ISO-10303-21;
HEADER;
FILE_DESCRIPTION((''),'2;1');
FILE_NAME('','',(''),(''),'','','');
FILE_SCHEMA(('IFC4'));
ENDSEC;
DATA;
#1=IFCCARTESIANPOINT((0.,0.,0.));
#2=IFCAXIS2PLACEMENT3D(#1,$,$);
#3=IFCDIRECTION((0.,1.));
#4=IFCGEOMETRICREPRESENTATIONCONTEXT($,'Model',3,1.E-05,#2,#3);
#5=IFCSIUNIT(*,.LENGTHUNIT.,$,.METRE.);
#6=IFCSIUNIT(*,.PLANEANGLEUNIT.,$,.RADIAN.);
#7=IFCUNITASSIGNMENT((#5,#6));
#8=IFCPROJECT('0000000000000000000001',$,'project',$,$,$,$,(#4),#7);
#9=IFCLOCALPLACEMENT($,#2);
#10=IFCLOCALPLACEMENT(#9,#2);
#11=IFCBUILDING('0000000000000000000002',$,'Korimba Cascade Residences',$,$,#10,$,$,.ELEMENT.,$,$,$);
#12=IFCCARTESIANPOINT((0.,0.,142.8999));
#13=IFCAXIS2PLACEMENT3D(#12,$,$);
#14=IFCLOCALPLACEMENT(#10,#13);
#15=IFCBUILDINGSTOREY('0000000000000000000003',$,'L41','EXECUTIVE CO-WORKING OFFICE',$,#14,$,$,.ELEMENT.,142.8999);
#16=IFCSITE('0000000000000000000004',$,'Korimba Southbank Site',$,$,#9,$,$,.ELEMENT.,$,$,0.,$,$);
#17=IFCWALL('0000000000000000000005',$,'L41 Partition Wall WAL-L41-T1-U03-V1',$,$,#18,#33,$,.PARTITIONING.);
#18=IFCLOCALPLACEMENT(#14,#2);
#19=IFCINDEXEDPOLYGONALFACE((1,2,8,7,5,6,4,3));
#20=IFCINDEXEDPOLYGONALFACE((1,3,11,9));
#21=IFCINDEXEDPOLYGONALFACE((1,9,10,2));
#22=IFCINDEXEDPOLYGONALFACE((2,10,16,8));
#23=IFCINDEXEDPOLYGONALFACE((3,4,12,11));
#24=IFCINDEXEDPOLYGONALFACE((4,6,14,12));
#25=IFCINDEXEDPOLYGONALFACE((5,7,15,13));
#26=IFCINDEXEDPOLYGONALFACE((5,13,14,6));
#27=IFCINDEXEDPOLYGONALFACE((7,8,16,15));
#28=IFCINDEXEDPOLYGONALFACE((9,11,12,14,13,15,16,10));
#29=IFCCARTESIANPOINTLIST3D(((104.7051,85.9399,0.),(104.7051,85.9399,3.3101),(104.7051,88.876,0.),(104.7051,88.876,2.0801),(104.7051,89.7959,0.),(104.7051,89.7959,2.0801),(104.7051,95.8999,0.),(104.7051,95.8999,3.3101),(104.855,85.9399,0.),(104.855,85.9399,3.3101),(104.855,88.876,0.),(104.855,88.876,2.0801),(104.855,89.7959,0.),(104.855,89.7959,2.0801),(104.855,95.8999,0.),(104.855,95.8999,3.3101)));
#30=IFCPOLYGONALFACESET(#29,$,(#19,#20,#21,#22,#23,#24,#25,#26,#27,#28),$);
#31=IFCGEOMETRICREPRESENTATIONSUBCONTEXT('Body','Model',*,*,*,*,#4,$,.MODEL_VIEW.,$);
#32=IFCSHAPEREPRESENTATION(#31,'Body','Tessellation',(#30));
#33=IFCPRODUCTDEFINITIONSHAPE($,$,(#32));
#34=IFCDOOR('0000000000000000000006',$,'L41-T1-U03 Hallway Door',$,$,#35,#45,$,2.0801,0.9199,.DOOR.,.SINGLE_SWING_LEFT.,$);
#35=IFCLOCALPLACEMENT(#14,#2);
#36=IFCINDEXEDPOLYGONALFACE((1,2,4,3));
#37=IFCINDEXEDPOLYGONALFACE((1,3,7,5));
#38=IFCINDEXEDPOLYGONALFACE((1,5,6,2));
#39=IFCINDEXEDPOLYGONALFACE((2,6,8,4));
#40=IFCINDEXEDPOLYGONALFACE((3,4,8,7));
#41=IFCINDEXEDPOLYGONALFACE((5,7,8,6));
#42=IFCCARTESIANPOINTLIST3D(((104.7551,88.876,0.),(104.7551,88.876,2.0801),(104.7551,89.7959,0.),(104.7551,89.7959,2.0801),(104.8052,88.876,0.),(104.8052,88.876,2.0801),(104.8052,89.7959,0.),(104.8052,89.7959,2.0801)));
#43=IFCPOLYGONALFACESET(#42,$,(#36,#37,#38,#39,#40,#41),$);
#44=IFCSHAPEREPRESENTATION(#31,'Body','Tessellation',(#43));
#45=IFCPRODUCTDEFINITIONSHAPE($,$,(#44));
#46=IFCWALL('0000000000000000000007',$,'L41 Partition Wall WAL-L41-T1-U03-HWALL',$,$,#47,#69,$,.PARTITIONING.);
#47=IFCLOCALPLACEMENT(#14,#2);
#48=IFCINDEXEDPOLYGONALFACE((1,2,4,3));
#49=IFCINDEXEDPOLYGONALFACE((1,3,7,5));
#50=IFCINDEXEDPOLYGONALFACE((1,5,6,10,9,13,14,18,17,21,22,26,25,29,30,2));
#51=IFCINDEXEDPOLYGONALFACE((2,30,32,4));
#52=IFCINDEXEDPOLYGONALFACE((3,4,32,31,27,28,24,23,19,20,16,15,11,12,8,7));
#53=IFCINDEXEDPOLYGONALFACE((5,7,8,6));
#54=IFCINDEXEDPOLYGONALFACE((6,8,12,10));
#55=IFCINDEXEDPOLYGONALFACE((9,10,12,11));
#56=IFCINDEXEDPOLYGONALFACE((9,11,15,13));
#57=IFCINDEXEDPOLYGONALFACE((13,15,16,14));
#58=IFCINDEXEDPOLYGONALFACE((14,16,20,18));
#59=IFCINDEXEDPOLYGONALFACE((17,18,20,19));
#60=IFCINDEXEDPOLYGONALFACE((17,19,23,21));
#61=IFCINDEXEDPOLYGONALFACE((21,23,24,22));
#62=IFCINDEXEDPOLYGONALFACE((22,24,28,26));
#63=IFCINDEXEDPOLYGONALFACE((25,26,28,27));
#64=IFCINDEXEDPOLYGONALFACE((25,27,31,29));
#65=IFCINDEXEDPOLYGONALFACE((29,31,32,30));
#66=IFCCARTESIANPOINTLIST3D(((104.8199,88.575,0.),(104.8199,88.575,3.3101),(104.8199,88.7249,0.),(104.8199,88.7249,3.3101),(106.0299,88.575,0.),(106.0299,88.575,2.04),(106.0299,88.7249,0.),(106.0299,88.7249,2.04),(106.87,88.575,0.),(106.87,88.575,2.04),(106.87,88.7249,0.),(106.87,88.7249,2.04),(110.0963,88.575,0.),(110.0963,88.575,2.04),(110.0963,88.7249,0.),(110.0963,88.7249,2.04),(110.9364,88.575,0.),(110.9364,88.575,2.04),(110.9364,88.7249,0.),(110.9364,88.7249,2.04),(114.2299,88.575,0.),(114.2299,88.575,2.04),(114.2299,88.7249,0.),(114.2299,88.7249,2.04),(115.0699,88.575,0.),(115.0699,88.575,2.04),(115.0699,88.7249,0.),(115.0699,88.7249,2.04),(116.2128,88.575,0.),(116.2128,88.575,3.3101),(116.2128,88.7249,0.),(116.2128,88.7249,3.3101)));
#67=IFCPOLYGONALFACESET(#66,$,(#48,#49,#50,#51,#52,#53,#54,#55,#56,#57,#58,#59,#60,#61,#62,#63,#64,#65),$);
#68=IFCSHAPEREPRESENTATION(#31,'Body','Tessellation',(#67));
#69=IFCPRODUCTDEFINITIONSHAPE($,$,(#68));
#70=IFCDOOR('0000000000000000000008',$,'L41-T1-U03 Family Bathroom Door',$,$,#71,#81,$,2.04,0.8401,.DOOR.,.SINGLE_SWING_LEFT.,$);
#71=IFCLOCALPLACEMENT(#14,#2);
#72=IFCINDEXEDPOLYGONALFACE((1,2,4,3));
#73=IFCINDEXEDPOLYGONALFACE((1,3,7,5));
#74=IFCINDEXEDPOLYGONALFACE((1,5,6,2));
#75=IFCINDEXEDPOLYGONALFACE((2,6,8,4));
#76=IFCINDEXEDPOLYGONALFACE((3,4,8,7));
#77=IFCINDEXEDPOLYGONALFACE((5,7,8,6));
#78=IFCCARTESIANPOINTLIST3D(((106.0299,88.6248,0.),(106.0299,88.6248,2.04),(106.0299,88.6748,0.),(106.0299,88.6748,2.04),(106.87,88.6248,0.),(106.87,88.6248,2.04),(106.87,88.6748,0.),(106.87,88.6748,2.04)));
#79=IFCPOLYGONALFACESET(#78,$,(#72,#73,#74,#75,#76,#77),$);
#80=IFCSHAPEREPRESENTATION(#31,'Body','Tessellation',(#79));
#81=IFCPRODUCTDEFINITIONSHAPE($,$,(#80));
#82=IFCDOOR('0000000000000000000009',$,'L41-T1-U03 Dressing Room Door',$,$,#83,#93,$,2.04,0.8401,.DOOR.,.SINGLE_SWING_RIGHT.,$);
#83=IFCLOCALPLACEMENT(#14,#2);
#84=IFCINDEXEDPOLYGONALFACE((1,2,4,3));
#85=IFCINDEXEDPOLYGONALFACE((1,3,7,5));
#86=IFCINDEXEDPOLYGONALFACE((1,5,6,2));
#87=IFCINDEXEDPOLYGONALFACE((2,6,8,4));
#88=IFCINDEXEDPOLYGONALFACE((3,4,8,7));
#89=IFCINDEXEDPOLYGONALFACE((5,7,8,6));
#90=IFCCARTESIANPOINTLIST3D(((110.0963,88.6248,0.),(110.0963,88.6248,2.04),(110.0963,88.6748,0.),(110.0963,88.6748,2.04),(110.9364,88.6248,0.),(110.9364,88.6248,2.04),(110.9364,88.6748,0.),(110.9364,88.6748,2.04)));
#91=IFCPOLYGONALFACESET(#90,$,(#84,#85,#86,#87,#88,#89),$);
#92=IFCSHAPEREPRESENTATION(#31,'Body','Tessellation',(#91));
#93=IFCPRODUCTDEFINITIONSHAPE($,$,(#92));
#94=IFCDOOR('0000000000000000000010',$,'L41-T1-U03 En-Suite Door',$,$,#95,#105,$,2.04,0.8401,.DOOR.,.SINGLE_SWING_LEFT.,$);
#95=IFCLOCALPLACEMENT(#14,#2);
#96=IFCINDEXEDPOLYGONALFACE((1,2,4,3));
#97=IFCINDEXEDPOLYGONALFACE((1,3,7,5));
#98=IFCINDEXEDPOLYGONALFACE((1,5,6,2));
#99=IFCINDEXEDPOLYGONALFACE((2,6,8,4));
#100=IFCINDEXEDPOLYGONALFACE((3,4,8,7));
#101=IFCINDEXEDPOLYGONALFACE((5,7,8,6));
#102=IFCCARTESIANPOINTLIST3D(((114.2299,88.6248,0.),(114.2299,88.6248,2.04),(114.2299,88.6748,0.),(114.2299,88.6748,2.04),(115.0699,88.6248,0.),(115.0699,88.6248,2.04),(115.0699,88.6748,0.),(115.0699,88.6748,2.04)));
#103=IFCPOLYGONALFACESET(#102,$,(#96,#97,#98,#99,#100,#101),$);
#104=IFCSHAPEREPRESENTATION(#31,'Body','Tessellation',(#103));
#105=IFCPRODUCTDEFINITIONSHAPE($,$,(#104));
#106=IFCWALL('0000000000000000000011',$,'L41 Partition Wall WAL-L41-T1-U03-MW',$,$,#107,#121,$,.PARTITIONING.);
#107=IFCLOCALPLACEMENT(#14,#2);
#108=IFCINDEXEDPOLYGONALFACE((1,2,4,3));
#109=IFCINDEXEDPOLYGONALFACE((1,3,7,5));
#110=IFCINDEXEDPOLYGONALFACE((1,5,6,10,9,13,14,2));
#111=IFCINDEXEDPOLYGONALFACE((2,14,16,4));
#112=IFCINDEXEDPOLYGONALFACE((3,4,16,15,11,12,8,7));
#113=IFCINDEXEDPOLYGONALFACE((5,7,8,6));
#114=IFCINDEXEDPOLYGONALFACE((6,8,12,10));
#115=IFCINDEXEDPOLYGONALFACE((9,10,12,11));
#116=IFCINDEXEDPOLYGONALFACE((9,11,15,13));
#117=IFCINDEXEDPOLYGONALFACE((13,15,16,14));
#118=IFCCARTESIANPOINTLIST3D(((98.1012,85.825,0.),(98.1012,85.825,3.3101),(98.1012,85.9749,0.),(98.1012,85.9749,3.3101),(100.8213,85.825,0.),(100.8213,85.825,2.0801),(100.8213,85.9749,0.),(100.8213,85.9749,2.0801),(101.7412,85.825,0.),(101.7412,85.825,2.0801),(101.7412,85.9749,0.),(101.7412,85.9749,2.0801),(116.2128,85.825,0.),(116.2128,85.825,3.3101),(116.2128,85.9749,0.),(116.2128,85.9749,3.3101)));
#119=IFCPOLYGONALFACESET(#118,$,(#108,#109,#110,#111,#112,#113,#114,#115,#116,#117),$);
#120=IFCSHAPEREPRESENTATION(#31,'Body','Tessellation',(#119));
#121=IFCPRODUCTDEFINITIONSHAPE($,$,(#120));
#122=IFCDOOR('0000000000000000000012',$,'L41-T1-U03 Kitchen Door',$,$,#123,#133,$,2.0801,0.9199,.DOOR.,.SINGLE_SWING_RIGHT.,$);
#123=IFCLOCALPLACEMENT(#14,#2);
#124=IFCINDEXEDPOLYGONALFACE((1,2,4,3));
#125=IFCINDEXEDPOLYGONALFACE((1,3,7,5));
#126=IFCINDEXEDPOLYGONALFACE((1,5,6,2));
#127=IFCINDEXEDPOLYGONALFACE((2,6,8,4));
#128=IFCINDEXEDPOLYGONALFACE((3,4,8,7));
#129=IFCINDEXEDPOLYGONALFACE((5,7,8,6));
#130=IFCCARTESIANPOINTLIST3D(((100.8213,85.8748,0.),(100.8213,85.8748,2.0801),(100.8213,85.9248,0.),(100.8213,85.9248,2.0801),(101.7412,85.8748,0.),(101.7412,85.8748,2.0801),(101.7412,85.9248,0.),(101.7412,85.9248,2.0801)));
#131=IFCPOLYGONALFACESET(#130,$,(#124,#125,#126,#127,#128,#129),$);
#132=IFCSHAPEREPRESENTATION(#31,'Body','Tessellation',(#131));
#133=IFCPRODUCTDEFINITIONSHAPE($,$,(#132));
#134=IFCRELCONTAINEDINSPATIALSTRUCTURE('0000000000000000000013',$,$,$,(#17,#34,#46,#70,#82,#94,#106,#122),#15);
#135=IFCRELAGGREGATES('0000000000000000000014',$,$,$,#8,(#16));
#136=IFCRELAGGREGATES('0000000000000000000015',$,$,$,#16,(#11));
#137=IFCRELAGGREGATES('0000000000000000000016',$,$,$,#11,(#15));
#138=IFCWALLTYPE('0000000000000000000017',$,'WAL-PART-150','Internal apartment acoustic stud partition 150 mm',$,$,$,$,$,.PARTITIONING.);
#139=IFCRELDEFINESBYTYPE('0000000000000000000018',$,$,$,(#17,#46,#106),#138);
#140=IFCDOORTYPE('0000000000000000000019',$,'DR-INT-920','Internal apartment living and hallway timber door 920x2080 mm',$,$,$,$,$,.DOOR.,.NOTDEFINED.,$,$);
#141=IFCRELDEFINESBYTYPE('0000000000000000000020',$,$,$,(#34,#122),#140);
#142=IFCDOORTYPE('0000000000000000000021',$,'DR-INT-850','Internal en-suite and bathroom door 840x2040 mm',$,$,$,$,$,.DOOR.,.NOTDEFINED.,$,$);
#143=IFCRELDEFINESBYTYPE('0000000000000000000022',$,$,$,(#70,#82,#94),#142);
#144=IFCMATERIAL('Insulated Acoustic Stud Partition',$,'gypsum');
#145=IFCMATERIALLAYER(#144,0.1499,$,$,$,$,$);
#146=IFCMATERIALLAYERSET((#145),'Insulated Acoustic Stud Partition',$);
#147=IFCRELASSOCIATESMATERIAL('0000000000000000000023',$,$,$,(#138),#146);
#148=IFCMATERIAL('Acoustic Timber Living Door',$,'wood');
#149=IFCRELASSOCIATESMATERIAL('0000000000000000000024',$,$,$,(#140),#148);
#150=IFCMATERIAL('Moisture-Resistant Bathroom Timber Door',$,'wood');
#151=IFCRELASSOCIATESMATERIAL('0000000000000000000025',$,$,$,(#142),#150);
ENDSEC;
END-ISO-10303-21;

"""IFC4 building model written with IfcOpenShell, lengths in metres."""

from ifc_helpers import new_model, si_unit, direction, frame, frame_2d, origin, place, context, subcontext, project, spatial, rectangle, extrude, material, layer, layer_set, type_object, element, fill, save


model = new_model("IFC4")

# Units and contexts
model_context = context("Model", 3, precision=1e-05, world=origin(), true_north=direction((0.0, 1.0)))
body_context = subcontext(model_context, "Body", "Model", "MODEL_VIEW")
ifc_project = project(units=[si_unit("LENGTHUNIT", "METRE"), si_unit("PLANEANGLEUNIT", "RADIAN")], contexts=[model_context])

# Site, building, storey
site_placement = place(None, origin())
site = spatial("IfcSite", under=ifc_project, at=site_placement, Name="Korimba Southbank Site", CompositionType="ELEMENT", RefElevation=0.0)
building_placement = place(site_placement, origin())
building = spatial("IfcBuilding", under=site, at=building_placement, Name="Korimba Cascade Residences", CompositionType="ELEMENT")
storey_placement = place(building_placement, frame((0.0, 0.0, 142.8999)))
storey = spatial("IfcBuildingStorey", under=building, at=storey_placement, Name="L41", Description="EXECUTIVE CO-WORKING OFFICE", CompositionType="ELEMENT", Elevation=142.8999)

# Shared definitions
ifc_material_1 = material(Name="Insulated Acoustic Stud Partition", Category="gypsum")
ifc_layer = layer(ifc_material_1, 0.1499)
ifc_layer_set = layer_set([ifc_layer], Name="Insulated Acoustic Stud Partition")
wall_type = type_object("IfcWallType", Name="WAL-PART-150", Description="Internal apartment acoustic stud partition 150 mm", PredefinedType="PARTITIONING", material=ifc_layer_set)

# Wall, opening, door
wall_1_placement = place(storey_placement, frame((104.78, 85.9399, 0.0), z_axis=(0.0, 0.0, 1.0), x_axis=(0.0, 1.0, 0.0)))
wall_1 = element("IfcWall", 1, at=wall_1_placement, inside=storey, type_object=wall_type, Name="L41 Partition Wall WAL-L41-T1-U03-V1", PredefinedType="PARTITIONING", context=body_context, shape_type="SweptSolid", body=[
    extrude(rectangle(XDim=9.96, YDim=0.1499, at=frame_2d((4.98, 0.0))), origin(), (0.0, 0.0, 1.0), 3.3101),
])
opening_1_placement = place(wall_1_placement, frame((2.936, 0.0, 0.0)))
opening_1 = element("IfcOpeningElement", 2, at=opening_1_placement, cuts=wall_1, PredefinedType="OPENING", context=body_context, shape_type="SweptSolid", body=[
    extrude(rectangle(XDim=0.9199, YDim=2.0801, at=frame_2d((0.46, 1.04))), frame((0.0, 0.085, 0.0), z_axis=(0.0, -1.0, 0.0), x_axis=(1.0, 0.0, 0.0)), (0.0, 0.0, 1.0), 0.1699),
])
ifc_material_2 = material(Name="Acoustic Timber Living Door", Category="wood")
door_type_1 = type_object("IfcDoorType", Name="DR-INT-920", Description="Internal apartment living and hallway timber door 920x2080 mm", OperationType="NOTDEFINED", PredefinedType="DOOR", material=ifc_material_2)
door_1_placement = place(opening_1_placement, origin())
door_1 = element("IfcDoor", 3, at=door_1_placement, inside=storey, type_object=door_type_1, Name="L41-T1-U03 Hallway Door", OperationType="SINGLE_SWING_LEFT", OverallHeight=2.0801, OverallWidth=0.9199, PredefinedType="DOOR", context=body_context, shape_type="SweptSolid", body=[
    extrude(rectangle(XDim=0.9199, YDim=2.0801, at=frame_2d((0.46, 1.04))), frame((0.0, 0.0249, 0.0), z_axis=(0.0, -1.0, 0.0), x_axis=(1.0, 0.0, 0.0)), (0.0, 0.0, 1.0), 0.05),
])
fill(opening_1, door_1)

# Wall, openings, doors
wall_2_placement = place(storey_placement, frame((104.8201, 88.6499, 0.0), z_axis=(0.0, 0.0, 1.0), x_axis=(1.0, 0.0, 0.0)))
wall_2 = element("IfcWall", 4, at=wall_2_placement, inside=storey, type_object=wall_type, Name="L41 Partition Wall WAL-L41-T1-U03-HWALL", PredefinedType="PARTITIONING", context=body_context, shape_type="SweptSolid", body=[
    extrude(rectangle(XDim=11.3928, YDim=0.1499, at=frame_2d((5.6963, 0.0))), origin(), (0.0, 0.0, 1.0), 3.3101),
])
opening_2_placement = place(wall_2_placement, frame((1.21, 0.0, 0.0)))
opening_2 = element("IfcOpeningElement", 5, at=opening_2_placement, cuts=wall_2, PredefinedType="OPENING", context=body_context, shape_type="SweptSolid", body=[
    extrude(rectangle(XDim=0.8401, YDim=2.04, at=frame_2d((0.4199, 1.02))), frame((0.0, 0.085, 0.0), z_axis=(0.0, -1.0, 0.0), x_axis=(1.0, 0.0, 0.0)), (0.0, 0.0, 1.0), 0.1699),
])
opening_3_placement = place(wall_2_placement, frame((5.2764, 0.0, 0.0)))
opening_3 = element("IfcOpeningElement", 6, at=opening_3_placement, cuts=wall_2, PredefinedType="OPENING", context=body_context, shape_type="SweptSolid", body=[
    extrude(rectangle(XDim=0.8401, YDim=2.04, at=frame_2d((0.4199, 1.02))), frame((0.0, 0.085, 0.0), z_axis=(0.0, -1.0, 0.0), x_axis=(1.0, 0.0, 0.0)), (0.0, 0.0, 1.0), 0.1699),
])
opening_4_placement = place(wall_2_placement, frame((9.4099, 0.0, 0.0)))
opening_4 = element("IfcOpeningElement", 7, at=opening_4_placement, cuts=wall_2, PredefinedType="OPENING", context=body_context, shape_type="SweptSolid", body=[
    extrude(rectangle(XDim=0.8401, YDim=2.04, at=frame_2d((0.4199, 1.02))), frame((0.0, 0.085, 0.0), z_axis=(0.0, -1.0, 0.0), x_axis=(1.0, 0.0, 0.0)), (0.0, 0.0, 1.0), 0.1699),
])
ifc_material_3 = material(Name="Moisture-Resistant Bathroom Timber Door", Category="wood")
door_type_2 = type_object("IfcDoorType", Name="DR-INT-850", Description="Internal en-suite and bathroom door 840x2040 mm", OperationType="NOTDEFINED", PredefinedType="DOOR", material=ifc_material_3)
door_2_placement = place(opening_2_placement, origin())
door_2 = element("IfcDoor", 8, at=door_2_placement, inside=storey, type_object=door_type_2, Name="L41-T1-U03 Family Bathroom Door", OperationType="SINGLE_SWING_LEFT", OverallHeight=2.04, OverallWidth=0.8401, PredefinedType="DOOR", context=body_context, shape_type="SweptSolid", body=[
    extrude(rectangle(XDim=0.8401, YDim=2.04, at=frame_2d((0.4199, 1.02))), frame((0.0, 0.0249, 0.0), z_axis=(0.0, -1.0, 0.0), x_axis=(1.0, 0.0, 0.0)), (0.0, 0.0, 1.0), 0.05),
])
fill(opening_2, door_2)
door_3_placement = place(opening_3_placement, origin())
door_3 = element("IfcDoor", 9, at=door_3_placement, inside=storey, type_object=door_type_2, Name="L41-T1-U03 Dressing Room Door", OperationType="SINGLE_SWING_RIGHT", OverallHeight=2.04, OverallWidth=0.8401, PredefinedType="DOOR", context=body_context, shape_type="SweptSolid", body=[
    extrude(rectangle(XDim=0.8401, YDim=2.04, at=frame_2d((0.4199, 1.02))), frame((0.0, 0.0249, 0.0), z_axis=(0.0, -1.0, 0.0), x_axis=(1.0, 0.0, 0.0)), (0.0, 0.0, 1.0), 0.05),
])
fill(opening_3, door_3)
door_4_placement = place(opening_4_placement, origin())
door_4 = element("IfcDoor", 10, at=door_4_placement, inside=storey, type_object=door_type_2, Name="L41-T1-U03 En-Suite Door", OperationType="SINGLE_SWING_LEFT", OverallHeight=2.04, OverallWidth=0.8401, PredefinedType="DOOR", context=body_context, shape_type="SweptSolid", body=[
    extrude(rectangle(XDim=0.8401, YDim=2.04, at=frame_2d((0.4199, 1.02))), frame((0.0, 0.0249, 0.0), z_axis=(0.0, -1.0, 0.0), x_axis=(1.0, 0.0, 0.0)), (0.0, 0.0, 1.0), 0.05),
])
fill(opening_4, door_4)

# Wall, opening, door
wall_3_placement = place(storey_placement, frame((98.1013, 85.8999, 0.0), z_axis=(0.0, 0.0, 1.0), x_axis=(1.0, 0.0, 0.0)))
wall_3 = element("IfcWall", 11, at=wall_3_placement, inside=storey, type_object=wall_type, Name="L41 Partition Wall WAL-L41-T1-U03-MW", PredefinedType="PARTITIONING", context=body_context, shape_type="SweptSolid", body=[
    extrude(rectangle(XDim=18.1116, YDim=0.1499, at=frame_2d((9.0557, 0.0))), origin(), (0.0, 0.0, 1.0), 3.3101),
])
opening_5_placement = place(wall_3_placement, frame((2.72, 0.0, 0.0)))
opening_5 = element("IfcOpeningElement", 12, at=opening_5_placement, cuts=wall_3, PredefinedType="OPENING", context=body_context, shape_type="SweptSolid", body=[
    extrude(rectangle(XDim=0.9199, YDim=2.0801, at=frame_2d((0.46, 1.04))), frame((0.0, 0.085, 0.0), z_axis=(0.0, -1.0, 0.0), x_axis=(1.0, 0.0, 0.0)), (0.0, 0.0, 1.0), 0.1699),
])
door_5_placement = place(opening_5_placement, origin())
door_5 = element("IfcDoor", 13, at=door_5_placement, inside=storey, type_object=door_type_1, Name="L41-T1-U03 Kitchen Door", OperationType="SINGLE_SWING_RIGHT", OverallHeight=2.0801, OverallWidth=0.9199, PredefinedType="DOOR", context=body_context, shape_type="SweptSolid", body=[
    extrude(rectangle(XDim=0.9199, YDim=2.0801, at=frame_2d((0.46, 1.04))), frame((0.0, 0.0249, 0.0), z_axis=(0.0, -1.0, 0.0), x_axis=(1.0, 0.0, 0.0)), (0.0, 0.0, 1.0), 0.05),
])
fill(opening_5, door_5)

save(model, "model.ifc")
